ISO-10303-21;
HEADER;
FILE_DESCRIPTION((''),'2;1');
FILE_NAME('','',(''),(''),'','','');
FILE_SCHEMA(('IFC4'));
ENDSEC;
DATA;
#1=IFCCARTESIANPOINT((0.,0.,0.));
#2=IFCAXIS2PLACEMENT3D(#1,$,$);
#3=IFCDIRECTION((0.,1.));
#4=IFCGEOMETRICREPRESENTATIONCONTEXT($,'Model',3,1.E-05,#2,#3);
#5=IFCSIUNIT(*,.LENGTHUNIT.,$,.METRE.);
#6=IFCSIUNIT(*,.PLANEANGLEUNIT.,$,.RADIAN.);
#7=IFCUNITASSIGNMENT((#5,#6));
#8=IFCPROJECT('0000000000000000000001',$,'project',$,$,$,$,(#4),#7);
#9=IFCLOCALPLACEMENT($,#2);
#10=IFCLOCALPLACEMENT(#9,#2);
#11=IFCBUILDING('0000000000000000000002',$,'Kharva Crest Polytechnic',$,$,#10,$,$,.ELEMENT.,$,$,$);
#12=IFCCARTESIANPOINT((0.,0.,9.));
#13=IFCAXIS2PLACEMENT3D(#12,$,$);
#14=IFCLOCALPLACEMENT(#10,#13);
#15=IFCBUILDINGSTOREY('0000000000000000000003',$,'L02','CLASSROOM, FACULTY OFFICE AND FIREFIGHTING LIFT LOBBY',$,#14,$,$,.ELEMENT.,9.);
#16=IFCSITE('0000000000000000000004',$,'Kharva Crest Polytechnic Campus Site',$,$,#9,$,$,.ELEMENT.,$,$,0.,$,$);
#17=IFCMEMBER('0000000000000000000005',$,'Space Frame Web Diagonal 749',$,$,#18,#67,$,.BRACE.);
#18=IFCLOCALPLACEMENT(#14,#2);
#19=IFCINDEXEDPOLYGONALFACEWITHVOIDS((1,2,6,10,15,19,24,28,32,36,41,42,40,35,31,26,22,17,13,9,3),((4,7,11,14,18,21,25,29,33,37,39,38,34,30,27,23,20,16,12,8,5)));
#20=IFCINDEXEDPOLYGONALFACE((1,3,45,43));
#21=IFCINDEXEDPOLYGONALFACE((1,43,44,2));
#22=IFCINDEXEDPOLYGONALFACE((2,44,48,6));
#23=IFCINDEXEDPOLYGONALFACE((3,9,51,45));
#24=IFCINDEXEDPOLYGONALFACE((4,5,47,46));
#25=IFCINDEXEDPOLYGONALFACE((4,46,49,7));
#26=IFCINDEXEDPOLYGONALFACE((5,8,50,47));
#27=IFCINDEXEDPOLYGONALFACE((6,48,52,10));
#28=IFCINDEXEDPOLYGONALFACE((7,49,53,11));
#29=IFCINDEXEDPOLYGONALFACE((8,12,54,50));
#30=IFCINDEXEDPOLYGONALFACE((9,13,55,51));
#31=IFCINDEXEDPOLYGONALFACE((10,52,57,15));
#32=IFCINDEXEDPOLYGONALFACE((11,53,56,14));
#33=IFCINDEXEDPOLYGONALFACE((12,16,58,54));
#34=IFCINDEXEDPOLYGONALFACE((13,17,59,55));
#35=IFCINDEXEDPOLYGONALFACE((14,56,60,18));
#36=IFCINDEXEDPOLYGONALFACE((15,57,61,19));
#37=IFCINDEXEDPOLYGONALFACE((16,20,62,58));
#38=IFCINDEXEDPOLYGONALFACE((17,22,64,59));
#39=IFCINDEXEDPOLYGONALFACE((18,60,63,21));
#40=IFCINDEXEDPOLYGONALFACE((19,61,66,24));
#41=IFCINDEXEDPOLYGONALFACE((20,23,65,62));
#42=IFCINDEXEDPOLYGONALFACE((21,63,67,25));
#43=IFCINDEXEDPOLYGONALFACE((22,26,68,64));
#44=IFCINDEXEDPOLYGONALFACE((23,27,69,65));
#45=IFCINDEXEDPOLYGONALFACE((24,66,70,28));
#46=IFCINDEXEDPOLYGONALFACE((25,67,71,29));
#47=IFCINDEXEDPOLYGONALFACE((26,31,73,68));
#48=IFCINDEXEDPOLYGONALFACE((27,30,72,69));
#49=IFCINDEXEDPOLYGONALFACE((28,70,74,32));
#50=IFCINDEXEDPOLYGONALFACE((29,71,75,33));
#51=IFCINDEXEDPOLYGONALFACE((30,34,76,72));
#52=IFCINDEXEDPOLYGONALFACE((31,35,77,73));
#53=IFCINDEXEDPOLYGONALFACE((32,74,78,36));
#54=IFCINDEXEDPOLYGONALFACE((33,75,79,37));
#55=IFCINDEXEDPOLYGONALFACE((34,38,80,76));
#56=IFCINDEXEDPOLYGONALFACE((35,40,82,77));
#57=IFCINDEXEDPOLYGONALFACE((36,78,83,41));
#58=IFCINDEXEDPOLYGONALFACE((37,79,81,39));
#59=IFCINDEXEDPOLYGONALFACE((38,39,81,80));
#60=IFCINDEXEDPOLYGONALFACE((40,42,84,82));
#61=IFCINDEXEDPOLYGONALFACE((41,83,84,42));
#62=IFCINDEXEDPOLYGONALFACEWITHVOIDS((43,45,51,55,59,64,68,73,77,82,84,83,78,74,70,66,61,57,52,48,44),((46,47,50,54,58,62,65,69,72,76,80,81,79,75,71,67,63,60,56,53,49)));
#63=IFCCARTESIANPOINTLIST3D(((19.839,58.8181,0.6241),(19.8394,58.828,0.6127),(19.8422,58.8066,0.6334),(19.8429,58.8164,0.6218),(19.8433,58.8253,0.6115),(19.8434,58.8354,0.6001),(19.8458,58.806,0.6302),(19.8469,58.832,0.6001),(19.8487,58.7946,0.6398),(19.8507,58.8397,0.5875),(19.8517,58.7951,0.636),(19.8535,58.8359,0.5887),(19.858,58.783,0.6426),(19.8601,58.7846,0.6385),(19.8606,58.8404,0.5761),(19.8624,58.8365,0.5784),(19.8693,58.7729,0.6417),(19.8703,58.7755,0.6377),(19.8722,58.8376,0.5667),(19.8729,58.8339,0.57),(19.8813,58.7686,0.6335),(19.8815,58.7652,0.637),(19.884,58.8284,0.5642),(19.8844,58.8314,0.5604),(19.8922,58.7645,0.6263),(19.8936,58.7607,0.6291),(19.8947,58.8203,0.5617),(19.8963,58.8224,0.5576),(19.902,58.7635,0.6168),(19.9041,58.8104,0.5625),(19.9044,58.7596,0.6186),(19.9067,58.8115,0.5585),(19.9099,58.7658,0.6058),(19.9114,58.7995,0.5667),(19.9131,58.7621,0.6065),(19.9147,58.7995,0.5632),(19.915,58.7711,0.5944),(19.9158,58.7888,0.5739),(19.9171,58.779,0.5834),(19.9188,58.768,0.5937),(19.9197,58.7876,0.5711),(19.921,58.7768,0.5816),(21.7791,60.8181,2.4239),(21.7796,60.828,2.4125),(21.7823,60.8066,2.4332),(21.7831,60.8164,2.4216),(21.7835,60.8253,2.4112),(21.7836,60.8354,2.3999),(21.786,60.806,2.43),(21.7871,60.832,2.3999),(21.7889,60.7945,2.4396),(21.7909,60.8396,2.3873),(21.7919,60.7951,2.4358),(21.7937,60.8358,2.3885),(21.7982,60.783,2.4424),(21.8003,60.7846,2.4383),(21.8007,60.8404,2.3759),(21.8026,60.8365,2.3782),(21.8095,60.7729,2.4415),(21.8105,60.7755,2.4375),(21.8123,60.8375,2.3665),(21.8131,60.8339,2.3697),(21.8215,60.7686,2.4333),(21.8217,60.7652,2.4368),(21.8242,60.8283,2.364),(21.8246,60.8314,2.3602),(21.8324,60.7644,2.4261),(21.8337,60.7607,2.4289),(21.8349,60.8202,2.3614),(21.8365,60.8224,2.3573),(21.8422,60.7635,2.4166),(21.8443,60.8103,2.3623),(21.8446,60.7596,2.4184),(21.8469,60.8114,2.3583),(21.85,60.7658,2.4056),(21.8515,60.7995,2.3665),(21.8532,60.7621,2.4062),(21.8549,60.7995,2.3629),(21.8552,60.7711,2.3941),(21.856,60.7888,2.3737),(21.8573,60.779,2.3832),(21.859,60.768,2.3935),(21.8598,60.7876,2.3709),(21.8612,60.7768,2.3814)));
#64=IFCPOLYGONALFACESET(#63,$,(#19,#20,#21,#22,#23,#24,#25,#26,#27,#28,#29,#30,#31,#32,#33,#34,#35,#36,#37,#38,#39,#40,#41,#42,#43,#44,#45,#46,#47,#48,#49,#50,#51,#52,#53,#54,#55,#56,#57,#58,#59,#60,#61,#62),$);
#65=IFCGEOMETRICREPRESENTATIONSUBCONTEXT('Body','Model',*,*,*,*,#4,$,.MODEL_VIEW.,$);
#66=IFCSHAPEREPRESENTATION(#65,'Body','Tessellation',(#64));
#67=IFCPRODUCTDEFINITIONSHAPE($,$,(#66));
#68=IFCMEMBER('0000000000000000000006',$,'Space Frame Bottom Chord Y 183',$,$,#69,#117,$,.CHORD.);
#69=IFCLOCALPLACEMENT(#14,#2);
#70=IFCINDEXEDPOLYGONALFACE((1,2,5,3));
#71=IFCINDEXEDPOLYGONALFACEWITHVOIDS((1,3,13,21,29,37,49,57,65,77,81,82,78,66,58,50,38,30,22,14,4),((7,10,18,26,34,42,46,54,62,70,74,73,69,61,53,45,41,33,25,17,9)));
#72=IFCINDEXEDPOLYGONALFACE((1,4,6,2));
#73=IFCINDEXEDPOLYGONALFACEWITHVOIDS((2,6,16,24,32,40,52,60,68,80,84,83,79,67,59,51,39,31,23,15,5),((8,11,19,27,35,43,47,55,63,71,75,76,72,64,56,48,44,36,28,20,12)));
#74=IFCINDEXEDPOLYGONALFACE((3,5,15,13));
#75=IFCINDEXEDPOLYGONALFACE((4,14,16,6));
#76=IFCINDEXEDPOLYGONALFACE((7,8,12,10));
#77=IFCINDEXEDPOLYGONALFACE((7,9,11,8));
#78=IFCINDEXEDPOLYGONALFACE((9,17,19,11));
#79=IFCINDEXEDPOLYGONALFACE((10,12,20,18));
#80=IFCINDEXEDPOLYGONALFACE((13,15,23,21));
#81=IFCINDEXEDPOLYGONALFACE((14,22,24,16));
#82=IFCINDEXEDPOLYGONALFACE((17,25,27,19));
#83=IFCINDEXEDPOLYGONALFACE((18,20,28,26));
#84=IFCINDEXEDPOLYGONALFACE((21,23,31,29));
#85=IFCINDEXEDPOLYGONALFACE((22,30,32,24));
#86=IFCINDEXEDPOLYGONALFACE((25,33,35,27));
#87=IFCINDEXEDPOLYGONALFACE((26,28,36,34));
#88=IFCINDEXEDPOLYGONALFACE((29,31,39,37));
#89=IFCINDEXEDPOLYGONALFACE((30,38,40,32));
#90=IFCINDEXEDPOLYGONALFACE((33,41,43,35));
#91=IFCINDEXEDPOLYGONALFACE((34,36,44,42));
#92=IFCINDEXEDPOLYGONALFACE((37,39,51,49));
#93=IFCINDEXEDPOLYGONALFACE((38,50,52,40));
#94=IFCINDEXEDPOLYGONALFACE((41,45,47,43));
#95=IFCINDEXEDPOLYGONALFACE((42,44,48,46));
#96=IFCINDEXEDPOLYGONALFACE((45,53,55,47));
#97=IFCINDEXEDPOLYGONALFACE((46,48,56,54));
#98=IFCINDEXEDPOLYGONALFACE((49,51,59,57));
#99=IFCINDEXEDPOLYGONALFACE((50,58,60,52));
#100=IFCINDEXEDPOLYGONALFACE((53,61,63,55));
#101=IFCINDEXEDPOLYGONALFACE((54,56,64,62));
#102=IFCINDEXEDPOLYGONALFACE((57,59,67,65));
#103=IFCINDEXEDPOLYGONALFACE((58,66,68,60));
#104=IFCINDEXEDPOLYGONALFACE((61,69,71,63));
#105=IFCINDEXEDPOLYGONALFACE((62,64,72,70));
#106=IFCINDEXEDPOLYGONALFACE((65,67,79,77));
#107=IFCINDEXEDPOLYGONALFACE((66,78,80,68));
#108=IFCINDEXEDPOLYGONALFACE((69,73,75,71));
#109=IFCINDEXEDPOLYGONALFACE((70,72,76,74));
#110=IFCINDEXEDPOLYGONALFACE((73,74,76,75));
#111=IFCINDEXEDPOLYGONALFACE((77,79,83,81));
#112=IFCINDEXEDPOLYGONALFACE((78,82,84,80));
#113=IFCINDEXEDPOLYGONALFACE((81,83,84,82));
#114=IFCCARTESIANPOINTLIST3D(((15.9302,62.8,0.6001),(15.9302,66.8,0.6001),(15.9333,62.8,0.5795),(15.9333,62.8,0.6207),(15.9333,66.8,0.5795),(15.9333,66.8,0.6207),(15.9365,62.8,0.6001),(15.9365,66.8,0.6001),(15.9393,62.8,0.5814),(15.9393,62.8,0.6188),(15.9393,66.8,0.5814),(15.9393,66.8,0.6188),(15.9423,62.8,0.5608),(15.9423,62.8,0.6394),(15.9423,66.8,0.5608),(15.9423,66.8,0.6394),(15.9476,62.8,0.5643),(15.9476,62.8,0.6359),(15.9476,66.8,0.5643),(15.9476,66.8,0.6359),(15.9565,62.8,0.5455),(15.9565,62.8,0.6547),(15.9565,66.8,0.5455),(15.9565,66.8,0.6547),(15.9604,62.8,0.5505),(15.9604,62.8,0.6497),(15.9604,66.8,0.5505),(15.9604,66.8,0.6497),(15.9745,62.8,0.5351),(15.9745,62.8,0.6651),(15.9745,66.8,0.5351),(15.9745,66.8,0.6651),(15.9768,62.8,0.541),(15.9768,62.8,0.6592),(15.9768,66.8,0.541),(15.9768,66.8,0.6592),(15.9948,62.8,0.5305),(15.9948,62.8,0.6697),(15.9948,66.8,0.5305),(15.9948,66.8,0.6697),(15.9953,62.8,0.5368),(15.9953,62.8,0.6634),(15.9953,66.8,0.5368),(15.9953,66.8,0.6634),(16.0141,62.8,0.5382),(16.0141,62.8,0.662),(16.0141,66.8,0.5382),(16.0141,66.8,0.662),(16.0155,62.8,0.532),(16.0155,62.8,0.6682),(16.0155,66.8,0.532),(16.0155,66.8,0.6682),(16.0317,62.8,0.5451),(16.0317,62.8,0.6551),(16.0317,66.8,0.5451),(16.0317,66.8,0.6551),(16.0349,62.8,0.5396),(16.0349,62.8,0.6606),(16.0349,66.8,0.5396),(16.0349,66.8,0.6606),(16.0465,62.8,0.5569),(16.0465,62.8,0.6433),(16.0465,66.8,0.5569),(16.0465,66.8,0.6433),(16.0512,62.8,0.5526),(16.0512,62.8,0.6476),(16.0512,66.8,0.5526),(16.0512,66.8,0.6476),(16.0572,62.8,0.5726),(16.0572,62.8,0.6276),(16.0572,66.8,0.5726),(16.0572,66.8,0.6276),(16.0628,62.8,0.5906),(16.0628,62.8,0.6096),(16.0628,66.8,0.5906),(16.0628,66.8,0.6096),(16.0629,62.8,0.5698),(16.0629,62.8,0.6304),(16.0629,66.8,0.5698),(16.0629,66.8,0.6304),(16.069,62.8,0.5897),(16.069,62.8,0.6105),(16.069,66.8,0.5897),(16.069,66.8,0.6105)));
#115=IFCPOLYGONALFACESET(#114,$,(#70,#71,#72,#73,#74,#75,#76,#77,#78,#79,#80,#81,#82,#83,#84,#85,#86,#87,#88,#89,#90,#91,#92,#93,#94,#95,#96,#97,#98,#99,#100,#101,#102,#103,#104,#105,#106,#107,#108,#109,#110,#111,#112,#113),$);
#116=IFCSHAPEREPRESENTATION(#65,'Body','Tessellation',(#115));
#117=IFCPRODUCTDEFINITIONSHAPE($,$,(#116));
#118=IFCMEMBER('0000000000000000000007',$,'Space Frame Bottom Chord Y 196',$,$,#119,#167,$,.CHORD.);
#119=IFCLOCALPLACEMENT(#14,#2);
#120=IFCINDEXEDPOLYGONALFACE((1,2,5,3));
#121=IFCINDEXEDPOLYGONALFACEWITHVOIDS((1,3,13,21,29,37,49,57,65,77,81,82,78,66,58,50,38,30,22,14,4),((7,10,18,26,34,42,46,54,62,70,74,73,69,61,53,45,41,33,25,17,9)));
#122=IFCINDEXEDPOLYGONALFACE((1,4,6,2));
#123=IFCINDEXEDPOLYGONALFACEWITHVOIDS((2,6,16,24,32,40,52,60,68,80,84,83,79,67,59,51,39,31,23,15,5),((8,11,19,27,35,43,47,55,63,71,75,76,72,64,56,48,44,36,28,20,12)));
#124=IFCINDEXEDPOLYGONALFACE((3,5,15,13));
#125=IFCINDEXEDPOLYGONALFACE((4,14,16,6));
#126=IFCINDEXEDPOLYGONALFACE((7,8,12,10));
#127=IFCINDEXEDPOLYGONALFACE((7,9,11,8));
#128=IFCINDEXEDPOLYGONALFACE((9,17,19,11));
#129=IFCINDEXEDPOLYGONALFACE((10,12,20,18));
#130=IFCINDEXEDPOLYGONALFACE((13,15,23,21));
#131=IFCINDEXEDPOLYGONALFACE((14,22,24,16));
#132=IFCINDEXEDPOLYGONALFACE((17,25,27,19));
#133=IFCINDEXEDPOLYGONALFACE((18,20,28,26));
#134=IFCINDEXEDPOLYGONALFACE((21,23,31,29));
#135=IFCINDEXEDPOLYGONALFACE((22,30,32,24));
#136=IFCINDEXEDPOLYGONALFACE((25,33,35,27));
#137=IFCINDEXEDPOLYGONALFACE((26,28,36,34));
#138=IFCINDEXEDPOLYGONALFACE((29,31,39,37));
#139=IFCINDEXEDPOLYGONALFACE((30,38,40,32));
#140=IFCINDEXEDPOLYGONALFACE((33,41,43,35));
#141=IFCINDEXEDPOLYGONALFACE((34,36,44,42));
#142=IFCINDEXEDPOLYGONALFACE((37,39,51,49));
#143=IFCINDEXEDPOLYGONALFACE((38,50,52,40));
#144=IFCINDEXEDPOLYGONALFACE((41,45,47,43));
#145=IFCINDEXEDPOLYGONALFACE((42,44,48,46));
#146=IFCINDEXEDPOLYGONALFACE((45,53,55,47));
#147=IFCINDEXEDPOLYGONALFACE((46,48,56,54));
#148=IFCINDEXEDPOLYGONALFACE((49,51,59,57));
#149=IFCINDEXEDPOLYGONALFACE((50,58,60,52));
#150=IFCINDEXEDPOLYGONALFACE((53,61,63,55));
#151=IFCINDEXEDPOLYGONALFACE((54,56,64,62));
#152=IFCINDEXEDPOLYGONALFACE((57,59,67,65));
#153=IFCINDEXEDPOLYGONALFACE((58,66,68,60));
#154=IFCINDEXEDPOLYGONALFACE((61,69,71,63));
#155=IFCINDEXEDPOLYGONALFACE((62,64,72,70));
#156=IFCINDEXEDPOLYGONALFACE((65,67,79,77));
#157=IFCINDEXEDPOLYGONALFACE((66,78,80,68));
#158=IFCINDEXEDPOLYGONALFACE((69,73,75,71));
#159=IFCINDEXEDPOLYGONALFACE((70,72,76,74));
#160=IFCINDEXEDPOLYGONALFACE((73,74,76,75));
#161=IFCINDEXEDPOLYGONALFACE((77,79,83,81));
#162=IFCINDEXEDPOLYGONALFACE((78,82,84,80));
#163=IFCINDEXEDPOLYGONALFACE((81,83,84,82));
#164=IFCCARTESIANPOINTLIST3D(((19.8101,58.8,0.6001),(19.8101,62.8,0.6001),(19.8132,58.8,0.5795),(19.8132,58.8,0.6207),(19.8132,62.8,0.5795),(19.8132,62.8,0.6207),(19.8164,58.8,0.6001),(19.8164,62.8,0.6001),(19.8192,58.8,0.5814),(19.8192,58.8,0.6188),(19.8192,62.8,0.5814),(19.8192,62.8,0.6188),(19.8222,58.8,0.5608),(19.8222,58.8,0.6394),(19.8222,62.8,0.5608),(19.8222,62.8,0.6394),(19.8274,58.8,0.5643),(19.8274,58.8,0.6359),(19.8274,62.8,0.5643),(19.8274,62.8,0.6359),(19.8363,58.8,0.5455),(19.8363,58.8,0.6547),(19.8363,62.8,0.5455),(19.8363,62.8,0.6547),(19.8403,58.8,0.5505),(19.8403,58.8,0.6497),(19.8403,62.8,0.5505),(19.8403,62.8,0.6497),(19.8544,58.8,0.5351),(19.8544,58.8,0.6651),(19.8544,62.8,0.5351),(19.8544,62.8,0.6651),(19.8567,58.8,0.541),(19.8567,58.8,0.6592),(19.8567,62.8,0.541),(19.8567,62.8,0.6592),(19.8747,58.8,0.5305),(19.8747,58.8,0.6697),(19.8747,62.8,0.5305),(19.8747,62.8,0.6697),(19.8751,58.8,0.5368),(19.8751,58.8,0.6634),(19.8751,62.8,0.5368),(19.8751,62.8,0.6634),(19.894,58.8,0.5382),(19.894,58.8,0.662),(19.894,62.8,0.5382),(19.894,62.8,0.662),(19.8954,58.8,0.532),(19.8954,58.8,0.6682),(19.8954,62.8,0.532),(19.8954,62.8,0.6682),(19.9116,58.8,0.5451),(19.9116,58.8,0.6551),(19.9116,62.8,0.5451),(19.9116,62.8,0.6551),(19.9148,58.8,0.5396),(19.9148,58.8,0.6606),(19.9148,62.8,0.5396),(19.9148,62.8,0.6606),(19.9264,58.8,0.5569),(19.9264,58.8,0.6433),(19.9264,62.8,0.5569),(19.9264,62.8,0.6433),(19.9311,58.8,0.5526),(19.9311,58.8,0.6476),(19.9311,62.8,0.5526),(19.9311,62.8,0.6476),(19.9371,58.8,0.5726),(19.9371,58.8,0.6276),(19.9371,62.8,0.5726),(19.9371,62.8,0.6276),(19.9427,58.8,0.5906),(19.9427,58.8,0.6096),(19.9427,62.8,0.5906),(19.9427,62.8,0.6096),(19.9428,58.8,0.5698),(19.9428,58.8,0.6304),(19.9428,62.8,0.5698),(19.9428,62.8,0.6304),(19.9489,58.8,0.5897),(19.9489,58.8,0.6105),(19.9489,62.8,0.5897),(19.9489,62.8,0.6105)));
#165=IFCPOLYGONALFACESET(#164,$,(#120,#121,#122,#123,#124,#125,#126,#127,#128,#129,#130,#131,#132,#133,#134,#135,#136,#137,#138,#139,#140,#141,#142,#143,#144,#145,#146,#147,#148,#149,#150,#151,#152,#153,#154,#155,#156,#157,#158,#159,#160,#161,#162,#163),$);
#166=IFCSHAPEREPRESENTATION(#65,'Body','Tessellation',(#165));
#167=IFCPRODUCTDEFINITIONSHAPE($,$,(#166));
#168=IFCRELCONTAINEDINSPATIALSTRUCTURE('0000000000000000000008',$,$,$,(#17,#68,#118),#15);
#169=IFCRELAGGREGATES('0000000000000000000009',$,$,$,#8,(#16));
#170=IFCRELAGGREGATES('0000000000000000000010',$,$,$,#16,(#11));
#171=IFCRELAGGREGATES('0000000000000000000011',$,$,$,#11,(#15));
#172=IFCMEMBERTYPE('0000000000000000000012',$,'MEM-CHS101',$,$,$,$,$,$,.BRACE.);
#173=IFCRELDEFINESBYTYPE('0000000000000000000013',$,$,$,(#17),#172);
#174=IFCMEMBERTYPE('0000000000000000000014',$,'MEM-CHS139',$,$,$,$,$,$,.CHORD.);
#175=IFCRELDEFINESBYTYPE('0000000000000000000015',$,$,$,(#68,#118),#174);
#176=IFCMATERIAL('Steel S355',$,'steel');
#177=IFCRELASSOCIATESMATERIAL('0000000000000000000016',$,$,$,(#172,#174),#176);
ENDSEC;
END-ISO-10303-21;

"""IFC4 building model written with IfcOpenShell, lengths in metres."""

from ifc_helpers import new_model, si_unit, direction, frame, origin, origin_2d, place, context, subcontext, project, spatial, hollow_circle, extrude, material, material_profile, profile_set, type_object, element, save


model = new_model("IFC4")

# Units and contexts
model_context = context("Model", 3, precision=1e-05, world=origin(), true_north=direction((0.0, 1.0)))
body_context = subcontext(model_context, "Body", "Model", "MODEL_VIEW")
ifc_project = project(units=[si_unit("LENGTHUNIT", "METRE"), si_unit("PLANEANGLEUNIT", "RADIAN")], contexts=[model_context])

# Site, building, storey
site_placement = place(None, origin())
site = spatial("IfcSite", under=ifc_project, at=site_placement, Name="Kharva Crest Polytechnic Campus Site", CompositionType="ELEMENT", RefElevation=0.0)
building_placement = place(site_placement, origin())
building = spatial("IfcBuilding", under=site, at=building_placement, Name="Kharva Crest Polytechnic", CompositionType="ELEMENT")
storey_placement = place(building_placement, frame((0.0, 0.0, 9.0)))
storey = spatial("IfcBuildingStorey", under=building, at=storey_placement, Name="L02", Description="CLASSROOM, FACULTY OFFICE AND FIREFIGHTING LIFT LOBBY", CompositionType="ELEMENT", Elevation=9.0)

# Shared definitions
ifc_material_1 = material(Name="Steel S355", Category="steel")

# Members
ifc_material_profile_1 = material_profile(ifc_material_1, hollow_circle(Radius=0.0508, WallThickness=0.0049, at=origin_2d()), Name="CHS 101.6X5.0")
ifc_profile_set_1 = profile_set([ifc_material_profile_1], Name="Steel S355")
member_type_1 = type_object("IfcMemberType", Name="MEM-CHS101", PredefinedType="BRACE", material=ifc_profile_set_1)
for number, where, z_axis, x_axis, name in (
    (1, (19.8799, 58.8, 0.6001), (0.584892, 0.602924, 0.542572), (-0.717758, 0.696292, 0.0), "Space Frame Web Diagonal 749"),
):
    element("IfcMember", number, at=place(storey_placement, frame(where, z_axis=z_axis, x_axis=x_axis)), inside=storey, type_object=member_type_1, Name=name, PredefinedType="BRACE", context=body_context, shape_type="SweptSolid", body=[
        extrude(hollow_circle(Radius=0.0508, WallThickness=0.0049, at=origin_2d()), origin(), (0.0, 0.0, 1.0), 3.3171),
    ])
ifc_material_profile_2 = material_profile(ifc_material_1, hollow_circle(Radius=0.0698, WallThickness=0.0063, at=origin_2d()), Name="CHS 139.7X6.3")
ifc_profile_set_2 = profile_set([ifc_material_profile_2], Name="Steel S355")
member_type_2 = type_object("IfcMemberType", Name="MEM-CHS139", PredefinedType="CHORD", material=ifc_profile_set_2)
for number, where, z_axis, x_axis, name in (
    (2, (16.0, 62.8, 0.6001), (0.0, 1.0, 0.0), (-1.0, 0.0, 0.0), "Space Frame Bottom Chord Y 183"),
    (3, (19.8799, 58.8, 0.6001), (0.0, 1.0, 0.0), (-1.0, 0.0, 0.0), "Space Frame Bottom Chord Y 196"),
):
    element("IfcMember", number, at=place(storey_placement, frame(where, z_axis=z_axis, x_axis=x_axis)), inside=storey, type_object=member_type_2, Name=name, PredefinedType="CHORD", context=body_context, shape_type="SweptSolid", body=[
        extrude(hollow_circle(Radius=0.0698, WallThickness=0.0063, at=origin_2d()), origin(), (0.0, 0.0, 1.0), 4.0),
    ])

save(model, "model.ifc")
